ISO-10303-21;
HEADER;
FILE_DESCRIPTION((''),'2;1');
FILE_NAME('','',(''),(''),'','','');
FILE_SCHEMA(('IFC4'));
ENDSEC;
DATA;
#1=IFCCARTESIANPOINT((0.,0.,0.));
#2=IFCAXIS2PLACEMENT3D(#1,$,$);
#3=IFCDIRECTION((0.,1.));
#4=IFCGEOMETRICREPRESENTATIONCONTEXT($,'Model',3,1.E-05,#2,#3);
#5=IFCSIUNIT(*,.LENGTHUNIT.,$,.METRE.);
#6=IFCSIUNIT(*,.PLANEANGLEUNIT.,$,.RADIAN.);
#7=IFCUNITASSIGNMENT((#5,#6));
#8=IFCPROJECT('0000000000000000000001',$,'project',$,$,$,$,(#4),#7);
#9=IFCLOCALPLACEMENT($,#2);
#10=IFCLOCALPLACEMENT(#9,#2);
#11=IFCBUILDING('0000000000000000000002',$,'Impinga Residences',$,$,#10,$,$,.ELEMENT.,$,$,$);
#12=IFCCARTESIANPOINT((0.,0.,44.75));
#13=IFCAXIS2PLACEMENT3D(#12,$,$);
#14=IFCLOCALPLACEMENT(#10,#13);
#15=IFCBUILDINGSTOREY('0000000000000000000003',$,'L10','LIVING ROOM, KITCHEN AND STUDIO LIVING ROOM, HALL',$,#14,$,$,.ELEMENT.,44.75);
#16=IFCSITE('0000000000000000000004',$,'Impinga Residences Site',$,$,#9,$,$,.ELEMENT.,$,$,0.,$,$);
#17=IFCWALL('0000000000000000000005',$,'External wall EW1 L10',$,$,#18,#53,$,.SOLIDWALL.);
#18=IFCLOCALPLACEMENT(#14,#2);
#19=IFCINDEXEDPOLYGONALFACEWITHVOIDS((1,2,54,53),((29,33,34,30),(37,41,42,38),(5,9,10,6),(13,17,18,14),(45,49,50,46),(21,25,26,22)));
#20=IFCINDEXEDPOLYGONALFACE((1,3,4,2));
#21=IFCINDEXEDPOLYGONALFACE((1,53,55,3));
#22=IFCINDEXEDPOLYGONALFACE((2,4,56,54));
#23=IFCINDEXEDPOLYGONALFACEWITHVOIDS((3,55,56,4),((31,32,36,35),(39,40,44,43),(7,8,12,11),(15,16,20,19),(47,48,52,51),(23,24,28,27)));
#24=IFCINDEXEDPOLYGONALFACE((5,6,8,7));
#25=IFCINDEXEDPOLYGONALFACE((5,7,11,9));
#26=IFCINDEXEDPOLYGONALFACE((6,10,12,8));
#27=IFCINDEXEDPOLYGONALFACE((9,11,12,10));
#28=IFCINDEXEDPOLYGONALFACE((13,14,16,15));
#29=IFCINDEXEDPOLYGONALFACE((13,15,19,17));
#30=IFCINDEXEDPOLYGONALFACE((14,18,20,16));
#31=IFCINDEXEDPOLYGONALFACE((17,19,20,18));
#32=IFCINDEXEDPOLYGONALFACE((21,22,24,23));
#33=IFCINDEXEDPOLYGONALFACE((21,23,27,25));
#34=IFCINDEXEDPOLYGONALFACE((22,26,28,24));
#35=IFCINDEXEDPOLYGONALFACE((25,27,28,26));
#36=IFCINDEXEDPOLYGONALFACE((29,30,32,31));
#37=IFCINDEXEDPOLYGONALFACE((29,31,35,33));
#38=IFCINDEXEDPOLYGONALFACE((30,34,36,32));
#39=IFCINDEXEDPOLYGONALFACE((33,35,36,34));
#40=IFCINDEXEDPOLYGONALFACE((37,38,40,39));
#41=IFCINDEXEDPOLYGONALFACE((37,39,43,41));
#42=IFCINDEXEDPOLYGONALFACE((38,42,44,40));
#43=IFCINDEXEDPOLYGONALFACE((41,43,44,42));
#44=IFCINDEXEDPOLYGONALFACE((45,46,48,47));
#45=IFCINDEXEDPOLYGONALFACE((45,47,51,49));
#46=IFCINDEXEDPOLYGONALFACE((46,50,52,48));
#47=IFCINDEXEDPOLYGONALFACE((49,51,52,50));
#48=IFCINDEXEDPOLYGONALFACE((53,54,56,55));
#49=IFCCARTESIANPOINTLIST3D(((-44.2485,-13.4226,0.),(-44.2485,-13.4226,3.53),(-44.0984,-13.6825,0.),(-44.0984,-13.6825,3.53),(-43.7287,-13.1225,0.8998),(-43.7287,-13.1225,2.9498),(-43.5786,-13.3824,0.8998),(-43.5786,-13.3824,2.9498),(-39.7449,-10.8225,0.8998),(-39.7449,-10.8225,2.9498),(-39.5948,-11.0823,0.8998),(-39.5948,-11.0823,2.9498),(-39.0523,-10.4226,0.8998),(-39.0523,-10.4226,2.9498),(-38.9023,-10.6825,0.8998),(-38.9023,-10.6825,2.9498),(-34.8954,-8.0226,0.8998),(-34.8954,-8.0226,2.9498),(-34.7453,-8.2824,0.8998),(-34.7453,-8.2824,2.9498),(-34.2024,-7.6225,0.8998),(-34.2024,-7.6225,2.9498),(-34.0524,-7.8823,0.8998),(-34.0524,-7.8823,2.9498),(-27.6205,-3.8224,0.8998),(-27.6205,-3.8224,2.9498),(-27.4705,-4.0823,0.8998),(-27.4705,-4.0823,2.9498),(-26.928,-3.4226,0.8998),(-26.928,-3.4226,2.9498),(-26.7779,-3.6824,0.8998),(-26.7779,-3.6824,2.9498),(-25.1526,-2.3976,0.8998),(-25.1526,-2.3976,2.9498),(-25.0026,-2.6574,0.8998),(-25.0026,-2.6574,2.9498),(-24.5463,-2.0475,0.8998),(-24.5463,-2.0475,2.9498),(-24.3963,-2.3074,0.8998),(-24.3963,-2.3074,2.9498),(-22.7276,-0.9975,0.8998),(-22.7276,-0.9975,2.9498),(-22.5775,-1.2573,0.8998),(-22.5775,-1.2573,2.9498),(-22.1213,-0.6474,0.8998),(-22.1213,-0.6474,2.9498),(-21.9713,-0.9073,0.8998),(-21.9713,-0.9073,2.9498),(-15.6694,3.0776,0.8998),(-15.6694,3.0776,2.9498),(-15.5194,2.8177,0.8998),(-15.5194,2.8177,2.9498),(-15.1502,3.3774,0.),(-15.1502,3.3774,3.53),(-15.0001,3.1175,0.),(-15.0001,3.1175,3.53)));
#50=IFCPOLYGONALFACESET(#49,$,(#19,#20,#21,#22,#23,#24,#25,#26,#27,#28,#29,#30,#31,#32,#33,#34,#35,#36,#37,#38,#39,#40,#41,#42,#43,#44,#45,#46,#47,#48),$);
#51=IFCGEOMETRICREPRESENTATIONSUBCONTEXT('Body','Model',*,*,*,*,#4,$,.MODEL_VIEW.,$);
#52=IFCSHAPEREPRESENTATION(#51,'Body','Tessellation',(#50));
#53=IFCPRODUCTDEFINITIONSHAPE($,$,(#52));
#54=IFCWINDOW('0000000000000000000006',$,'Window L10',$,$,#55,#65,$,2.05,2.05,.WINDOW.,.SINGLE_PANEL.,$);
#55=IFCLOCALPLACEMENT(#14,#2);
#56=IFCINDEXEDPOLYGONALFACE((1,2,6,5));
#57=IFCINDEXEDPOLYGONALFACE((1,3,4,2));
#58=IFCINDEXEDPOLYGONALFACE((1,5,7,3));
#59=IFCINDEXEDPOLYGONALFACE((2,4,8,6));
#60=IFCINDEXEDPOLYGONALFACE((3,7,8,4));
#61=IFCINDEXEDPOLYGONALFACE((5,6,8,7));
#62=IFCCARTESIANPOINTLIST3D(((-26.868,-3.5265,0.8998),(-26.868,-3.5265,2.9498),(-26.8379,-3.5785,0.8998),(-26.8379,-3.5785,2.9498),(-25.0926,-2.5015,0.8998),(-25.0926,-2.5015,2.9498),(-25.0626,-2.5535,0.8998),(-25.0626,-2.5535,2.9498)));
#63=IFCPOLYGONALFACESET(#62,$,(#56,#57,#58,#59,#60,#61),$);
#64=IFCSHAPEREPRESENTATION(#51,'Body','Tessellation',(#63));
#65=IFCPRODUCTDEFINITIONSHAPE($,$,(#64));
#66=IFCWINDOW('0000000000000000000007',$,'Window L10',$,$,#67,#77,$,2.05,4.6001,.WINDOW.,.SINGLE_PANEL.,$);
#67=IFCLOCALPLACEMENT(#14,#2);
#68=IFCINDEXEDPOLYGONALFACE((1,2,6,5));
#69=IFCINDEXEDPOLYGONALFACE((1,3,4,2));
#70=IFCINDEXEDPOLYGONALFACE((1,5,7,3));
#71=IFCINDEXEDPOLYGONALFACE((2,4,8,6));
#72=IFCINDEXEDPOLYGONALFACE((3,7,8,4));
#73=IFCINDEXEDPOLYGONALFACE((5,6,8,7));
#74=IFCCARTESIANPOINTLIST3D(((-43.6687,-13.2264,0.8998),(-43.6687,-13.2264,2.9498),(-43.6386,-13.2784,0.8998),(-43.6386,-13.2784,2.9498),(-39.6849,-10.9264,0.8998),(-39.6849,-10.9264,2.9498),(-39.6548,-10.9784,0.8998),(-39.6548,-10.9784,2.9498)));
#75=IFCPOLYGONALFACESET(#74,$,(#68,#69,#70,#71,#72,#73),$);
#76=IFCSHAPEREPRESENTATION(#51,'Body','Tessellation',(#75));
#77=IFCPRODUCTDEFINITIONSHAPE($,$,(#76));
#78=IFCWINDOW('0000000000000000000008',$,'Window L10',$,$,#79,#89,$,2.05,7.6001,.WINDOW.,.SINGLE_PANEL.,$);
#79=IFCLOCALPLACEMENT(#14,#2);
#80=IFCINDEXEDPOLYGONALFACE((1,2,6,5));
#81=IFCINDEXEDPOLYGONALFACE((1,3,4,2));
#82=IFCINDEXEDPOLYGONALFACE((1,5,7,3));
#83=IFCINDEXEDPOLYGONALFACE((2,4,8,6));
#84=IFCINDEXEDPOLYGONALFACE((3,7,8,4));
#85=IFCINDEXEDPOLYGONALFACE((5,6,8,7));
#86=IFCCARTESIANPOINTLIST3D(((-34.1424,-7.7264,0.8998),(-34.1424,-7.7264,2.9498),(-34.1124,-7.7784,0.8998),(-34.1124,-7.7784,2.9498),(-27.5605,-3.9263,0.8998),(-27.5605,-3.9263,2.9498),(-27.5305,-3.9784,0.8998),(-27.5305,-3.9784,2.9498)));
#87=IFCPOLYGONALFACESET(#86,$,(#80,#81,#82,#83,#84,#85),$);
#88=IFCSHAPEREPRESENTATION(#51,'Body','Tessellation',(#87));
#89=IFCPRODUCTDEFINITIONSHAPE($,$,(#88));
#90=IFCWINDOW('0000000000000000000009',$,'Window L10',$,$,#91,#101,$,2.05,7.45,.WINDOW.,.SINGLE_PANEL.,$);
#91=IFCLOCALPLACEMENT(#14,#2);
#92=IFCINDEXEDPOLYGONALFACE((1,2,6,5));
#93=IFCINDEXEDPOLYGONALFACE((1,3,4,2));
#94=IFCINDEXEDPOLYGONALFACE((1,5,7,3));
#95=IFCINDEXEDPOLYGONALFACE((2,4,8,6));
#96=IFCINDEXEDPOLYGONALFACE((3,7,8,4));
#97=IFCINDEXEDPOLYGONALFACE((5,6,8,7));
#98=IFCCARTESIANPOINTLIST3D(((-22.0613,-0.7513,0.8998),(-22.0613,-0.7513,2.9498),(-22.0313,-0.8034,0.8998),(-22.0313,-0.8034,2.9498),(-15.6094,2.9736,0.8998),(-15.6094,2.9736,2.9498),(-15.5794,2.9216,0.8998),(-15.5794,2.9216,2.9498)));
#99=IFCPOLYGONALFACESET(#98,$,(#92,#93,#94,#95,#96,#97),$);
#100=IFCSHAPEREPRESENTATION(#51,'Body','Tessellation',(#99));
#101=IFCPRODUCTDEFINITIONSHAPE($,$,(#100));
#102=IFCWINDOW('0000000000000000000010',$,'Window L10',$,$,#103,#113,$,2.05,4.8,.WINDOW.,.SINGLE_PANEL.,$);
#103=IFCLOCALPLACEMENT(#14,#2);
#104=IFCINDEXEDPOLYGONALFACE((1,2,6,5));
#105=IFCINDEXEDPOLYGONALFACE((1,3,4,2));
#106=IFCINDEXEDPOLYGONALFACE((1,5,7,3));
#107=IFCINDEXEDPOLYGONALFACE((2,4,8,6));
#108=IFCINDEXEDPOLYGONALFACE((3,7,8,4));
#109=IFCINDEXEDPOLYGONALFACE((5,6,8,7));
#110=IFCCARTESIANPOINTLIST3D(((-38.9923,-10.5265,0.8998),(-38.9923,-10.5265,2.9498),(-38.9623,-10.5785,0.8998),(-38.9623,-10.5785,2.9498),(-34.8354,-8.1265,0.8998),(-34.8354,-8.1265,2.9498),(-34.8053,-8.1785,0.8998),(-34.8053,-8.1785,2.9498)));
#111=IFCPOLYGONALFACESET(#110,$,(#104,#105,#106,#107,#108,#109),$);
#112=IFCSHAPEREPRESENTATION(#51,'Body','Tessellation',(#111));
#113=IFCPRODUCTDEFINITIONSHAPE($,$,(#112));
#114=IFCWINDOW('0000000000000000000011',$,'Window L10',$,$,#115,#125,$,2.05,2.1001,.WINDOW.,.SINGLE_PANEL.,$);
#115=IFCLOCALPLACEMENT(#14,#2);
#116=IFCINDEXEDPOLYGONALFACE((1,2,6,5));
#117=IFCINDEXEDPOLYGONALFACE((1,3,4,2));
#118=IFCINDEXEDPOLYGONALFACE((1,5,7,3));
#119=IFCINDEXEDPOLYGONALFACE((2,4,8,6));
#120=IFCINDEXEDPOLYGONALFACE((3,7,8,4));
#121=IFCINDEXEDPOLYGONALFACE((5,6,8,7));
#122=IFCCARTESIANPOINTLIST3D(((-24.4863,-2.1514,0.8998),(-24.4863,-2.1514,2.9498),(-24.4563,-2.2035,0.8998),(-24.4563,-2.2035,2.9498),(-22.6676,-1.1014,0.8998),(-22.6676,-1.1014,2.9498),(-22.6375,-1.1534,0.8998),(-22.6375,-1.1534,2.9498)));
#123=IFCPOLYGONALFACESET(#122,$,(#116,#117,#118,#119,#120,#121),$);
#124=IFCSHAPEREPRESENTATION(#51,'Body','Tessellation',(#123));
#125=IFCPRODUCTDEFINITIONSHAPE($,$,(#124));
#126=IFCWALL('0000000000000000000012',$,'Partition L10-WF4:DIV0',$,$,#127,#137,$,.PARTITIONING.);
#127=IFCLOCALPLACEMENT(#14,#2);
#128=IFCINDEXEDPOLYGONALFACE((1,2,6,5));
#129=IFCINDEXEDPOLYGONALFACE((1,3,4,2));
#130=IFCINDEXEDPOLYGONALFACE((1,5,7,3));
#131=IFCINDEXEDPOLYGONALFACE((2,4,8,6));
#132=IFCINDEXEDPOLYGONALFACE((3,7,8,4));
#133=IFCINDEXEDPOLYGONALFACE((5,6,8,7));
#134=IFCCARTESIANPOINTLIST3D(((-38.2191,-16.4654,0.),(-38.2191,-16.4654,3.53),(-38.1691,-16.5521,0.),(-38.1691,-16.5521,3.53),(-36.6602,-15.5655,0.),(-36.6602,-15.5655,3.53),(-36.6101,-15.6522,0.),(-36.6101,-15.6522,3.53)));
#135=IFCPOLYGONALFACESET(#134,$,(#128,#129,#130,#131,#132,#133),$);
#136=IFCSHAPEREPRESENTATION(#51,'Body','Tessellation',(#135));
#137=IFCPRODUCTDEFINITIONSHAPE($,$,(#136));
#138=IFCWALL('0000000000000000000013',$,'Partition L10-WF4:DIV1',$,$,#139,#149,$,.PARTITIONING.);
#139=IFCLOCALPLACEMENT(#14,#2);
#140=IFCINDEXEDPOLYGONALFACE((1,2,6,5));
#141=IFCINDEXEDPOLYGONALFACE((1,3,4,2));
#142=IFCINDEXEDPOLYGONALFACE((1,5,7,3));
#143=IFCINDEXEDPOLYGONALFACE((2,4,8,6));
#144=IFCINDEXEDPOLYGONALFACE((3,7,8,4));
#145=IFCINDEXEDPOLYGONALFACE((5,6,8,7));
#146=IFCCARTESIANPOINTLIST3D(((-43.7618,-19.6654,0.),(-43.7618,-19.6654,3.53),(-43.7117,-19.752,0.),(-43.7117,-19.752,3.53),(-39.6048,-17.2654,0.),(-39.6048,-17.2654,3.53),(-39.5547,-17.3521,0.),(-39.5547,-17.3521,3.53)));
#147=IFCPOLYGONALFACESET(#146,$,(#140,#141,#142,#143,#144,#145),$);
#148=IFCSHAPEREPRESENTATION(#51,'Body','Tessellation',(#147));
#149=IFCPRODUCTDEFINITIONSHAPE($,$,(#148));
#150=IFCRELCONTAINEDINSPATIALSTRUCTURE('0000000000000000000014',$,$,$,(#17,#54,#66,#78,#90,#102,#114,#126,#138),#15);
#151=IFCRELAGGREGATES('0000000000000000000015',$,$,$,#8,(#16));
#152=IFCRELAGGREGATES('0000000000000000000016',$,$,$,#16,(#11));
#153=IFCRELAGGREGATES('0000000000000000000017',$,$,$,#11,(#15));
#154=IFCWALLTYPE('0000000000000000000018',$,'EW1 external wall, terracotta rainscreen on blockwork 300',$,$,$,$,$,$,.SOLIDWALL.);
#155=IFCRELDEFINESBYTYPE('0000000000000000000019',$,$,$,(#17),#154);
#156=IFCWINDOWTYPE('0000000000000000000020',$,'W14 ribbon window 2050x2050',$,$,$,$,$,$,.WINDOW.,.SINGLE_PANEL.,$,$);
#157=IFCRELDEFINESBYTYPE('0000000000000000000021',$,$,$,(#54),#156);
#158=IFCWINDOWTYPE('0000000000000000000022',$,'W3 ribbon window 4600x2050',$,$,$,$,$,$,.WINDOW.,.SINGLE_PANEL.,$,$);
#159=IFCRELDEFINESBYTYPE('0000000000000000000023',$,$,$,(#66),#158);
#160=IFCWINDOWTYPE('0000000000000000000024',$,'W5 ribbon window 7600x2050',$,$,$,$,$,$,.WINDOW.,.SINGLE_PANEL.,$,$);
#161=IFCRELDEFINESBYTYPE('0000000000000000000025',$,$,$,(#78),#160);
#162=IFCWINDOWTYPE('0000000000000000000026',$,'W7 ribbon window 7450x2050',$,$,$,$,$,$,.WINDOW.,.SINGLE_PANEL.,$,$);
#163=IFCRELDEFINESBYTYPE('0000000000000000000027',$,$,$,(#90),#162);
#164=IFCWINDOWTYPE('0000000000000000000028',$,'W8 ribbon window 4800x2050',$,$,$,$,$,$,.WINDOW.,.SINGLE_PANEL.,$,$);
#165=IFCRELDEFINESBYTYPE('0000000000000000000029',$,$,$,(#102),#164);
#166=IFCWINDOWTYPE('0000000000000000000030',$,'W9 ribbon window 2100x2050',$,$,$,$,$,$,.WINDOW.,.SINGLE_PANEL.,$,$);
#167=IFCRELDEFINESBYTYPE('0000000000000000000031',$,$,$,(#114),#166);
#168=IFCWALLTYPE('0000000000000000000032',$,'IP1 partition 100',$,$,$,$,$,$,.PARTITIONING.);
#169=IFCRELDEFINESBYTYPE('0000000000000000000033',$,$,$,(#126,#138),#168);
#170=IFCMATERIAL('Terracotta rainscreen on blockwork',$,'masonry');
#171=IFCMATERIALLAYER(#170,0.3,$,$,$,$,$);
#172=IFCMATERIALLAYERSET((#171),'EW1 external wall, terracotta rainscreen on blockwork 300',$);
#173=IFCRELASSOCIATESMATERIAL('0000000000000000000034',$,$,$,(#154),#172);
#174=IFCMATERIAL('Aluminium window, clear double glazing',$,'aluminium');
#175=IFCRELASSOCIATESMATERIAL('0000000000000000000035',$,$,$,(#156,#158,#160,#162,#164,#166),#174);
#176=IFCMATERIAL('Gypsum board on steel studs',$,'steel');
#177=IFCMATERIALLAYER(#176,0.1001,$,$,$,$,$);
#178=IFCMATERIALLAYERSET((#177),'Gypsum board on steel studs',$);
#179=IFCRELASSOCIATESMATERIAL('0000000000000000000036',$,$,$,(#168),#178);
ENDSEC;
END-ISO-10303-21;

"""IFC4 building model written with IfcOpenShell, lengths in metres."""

from ifc_helpers import new_model, si_unit, direction, frame, frame_2d, origin, place, context, subcontext, project, spatial, rectangle, extrude, material, layer, layer_set, type_object, element, fill, save


model = new_model("IFC4")

# Units and contexts
model_context = context("Model", 3, precision=1e-05, world=origin(), true_north=direction((0.0, 1.0)))
body_context = subcontext(model_context, "Body", "Model", "MODEL_VIEW")
ifc_project = project(units=[si_unit("LENGTHUNIT", "METRE"), si_unit("PLANEANGLEUNIT", "RADIAN")], contexts=[model_context])

# Site, building, storey
site_placement = place(None, origin())
site = spatial("IfcSite", under=ifc_project, at=site_placement, Name="Impinga Residences Site", CompositionType="ELEMENT", RefElevation=0.0)
building_placement = place(site_placement, origin())
building = spatial("IfcBuilding", under=site, at=building_placement, Name="Impinga Residences", CompositionType="ELEMENT")
storey_placement = place(building_placement, frame((0.0, 0.0, 44.75)))
storey = spatial("IfcBuildingStorey", under=building, at=storey_placement, Name="L10", Description="LIVING ROOM, KITCHEN AND STUDIO LIVING ROOM, HALL", CompositionType="ELEMENT", Elevation=44.75)

# Shared definitions
ifc_material_1 = material(Name="Terracotta rainscreen on blockwork", Category="masonry")
ifc_layer_1 = layer(ifc_material_1, 0.3)
ifc_layer_set_1 = layer_set([ifc_layer_1], Name="EW1 external wall, terracotta rainscreen on blockwork 300")
wall_type_1 = type_object("IfcWallType", Name="EW1 external wall, terracotta rainscreen on blockwork 300", PredefinedType="SOLIDWALL", material=ifc_layer_set_1)

# Wall, openings, windows
wall_1_placement = place(storey_placement, frame((-44.1733, -13.5525, 0.0), z_axis=(0.0, 0.0, 1.0), x_axis=(0.866024, 0.500002, 0.0)))
wall_1 = element("IfcWall", 1, at=wall_1_placement, inside=storey, type_object=wall_type_1, Name="External wall EW1 L10", PredefinedType="SOLIDWALL", context=body_context, shape_type="SweptSolid", body=[
    extrude(rectangle(XDim=33.5999, YDim=0.3, at=frame_2d((16.7998, 0.0))), origin(), (0.0, 0.0, 1.0), 3.53),
])
opening_1_placement = place(wall_1_placement, frame((0.6001, 0.0, 0.8999)))
opening_1 = element("IfcOpeningElement", 2, at=opening_1_placement, cuts=wall_1, PredefinedType="OPENING", context=body_context, shape_type="SweptSolid", body=[
    extrude(rectangle(XDim=4.6001, YDim=2.05, at=frame_2d((2.3, 1.0249))), frame((0.0, 0.1599, 0.0), z_axis=(0.0, -1.0, 0.0), x_axis=(1.0, 0.0, 0.0)), (0.0, 0.0, 1.0), 0.3201),
])
opening_2_placement = place(wall_1_placement, frame((6.0, 0.0, 0.8999)))
opening_2 = element("IfcOpeningElement", 3, at=opening_2_placement, cuts=wall_1, PredefinedType="OPENING", context=body_context, shape_type="SweptSolid", body=[
    extrude(rectangle(XDim=4.8, YDim=2.05, at=frame_2d((2.3999, 1.0249))), frame((0.0, 0.1599, 0.0), z_axis=(0.0, -1.0, 0.0), x_axis=(1.0, 0.0, 0.0)), (0.0, 0.0, 1.0), 0.3201),
])
opening_3_placement = place(wall_1_placement, frame((11.6001, 0.0, 0.8999)))
opening_3 = element("IfcOpeningElement", 4, at=opening_3_placement, cuts=wall_1, PredefinedType="OPENING", context=body_context, shape_type="SweptSolid", body=[
    extrude(rectangle(XDim=7.6001, YDim=2.05, at=frame_2d((3.8, 1.0249))), frame((0.0, 0.1599, 0.0), z_axis=(0.0, -1.0, 0.0), x_axis=(1.0, 0.0, 0.0)), (0.0, 0.0, 1.0), 0.3201),
])
opening_4_placement = place(wall_1_placement, frame((20.0, 0.0, 0.8999)))
opening_4 = element("IfcOpeningElement", 5, at=opening_4_placement, cuts=wall_1, PredefinedType="OPENING", context=body_context, shape_type="SweptSolid", body=[
    extrude(rectangle(XDim=2.05, YDim=2.05, at=frame_2d((1.0249, 1.0249))), frame((0.0, 0.1599, 0.0), z_axis=(0.0, -1.0, 0.0), x_axis=(1.0, 0.0, 0.0)), (0.0, 0.0, 1.0), 0.3201),
])
opening_5_placement = place(wall_1_placement, frame((22.75, 0.0, 0.8999)))
opening_5 = element("IfcOpeningElement", 6, at=opening_5_placement, cuts=wall_1, PredefinedType="OPENING", context=body_context, shape_type="SweptSolid", body=[
    extrude(rectangle(XDim=2.1001, YDim=2.05, at=frame_2d((1.05, 1.0249))), frame((0.0, 0.1599, 0.0), z_axis=(0.0, -1.0, 0.0), x_axis=(1.0, 0.0, 0.0)), (0.0, 0.0, 1.0), 0.3201),
])
opening_6_placement = place(wall_1_placement, frame((25.55, 0.0, 0.8999)))
opening_6 = element("IfcOpeningElement", 7, at=opening_6_placement, cuts=wall_1, PredefinedType="OPENING", context=body_context, shape_type="SweptSolid", body=[
    extrude(rectangle(XDim=7.45, YDim=2.05, at=frame_2d((3.7251, 1.0249))), frame((0.0, 0.1599, 0.0), z_axis=(0.0, -1.0, 0.0), x_axis=(1.0, 0.0, 0.0)), (0.0, 0.0, 1.0), 0.3201),
])
ifc_material_2 = material(Name="Aluminium window, clear double glazing", Category="aluminium")
window_type_1 = type_object("IfcWindowType", Name="W14 ribbon window 2050x2050", PartitioningType="SINGLE_PANEL", PredefinedType="WINDOW", material=ifc_material_2)
window_1_placement = place(opening_4_placement, origin())
window_1 = element("IfcWindow", 8, at=window_1_placement, inside=storey, type_object=window_type_1, Name="Window L10", OverallHeight=2.05, OverallWidth=2.05, PartitioningType="SINGLE_PANEL", PredefinedType="WINDOW", context=body_context, shape_type="SweptSolid", body=[
    extrude(rectangle(XDim=2.05, YDim=2.05, at=frame_2d((1.0249, 1.0249))), frame((0.0, 0.03, 0.0), z_axis=(0.0, -1.0, 0.0), x_axis=(1.0, 0.0, 0.0)), (0.0, 0.0, 1.0), 0.0601),
])
fill(opening_4, window_1)
window_type_2 = type_object("IfcWindowType", Name="W3 ribbon window 4600x2050", PartitioningType="SINGLE_PANEL", PredefinedType="WINDOW", material=ifc_material_2)
window_2_placement = place(opening_1_placement, origin())
window_2 = element("IfcWindow", 9, at=window_2_placement, inside=storey, type_object=window_type_2, Name="Window L10", OverallHeight=2.05, OverallWidth=4.6001, PartitioningType="SINGLE_PANEL", PredefinedType="WINDOW", context=body_context, shape_type="SweptSolid", body=[
    extrude(rectangle(XDim=4.6001, YDim=2.05, at=frame_2d((2.3, 1.0249))), frame((0.0, 0.03, 0.0), z_axis=(0.0, -1.0, 0.0), x_axis=(1.0, 0.0, 0.0)), (0.0, 0.0, 1.0), 0.0601),
])
fill(opening_1, window_2)
window_type_3 = type_object("IfcWindowType", Name="W5 ribbon window 7600x2050", PartitioningType="SINGLE_PANEL", PredefinedType="WINDOW", material=ifc_material_2)
window_3_placement = place(opening_3_placement, origin())
window_3 = element("IfcWindow", 10, at=window_3_placement, inside=storey, type_object=window_type_3, Name="Window L10", OverallHeight=2.05, OverallWidth=7.6001, PartitioningType="SINGLE_PANEL", PredefinedType="WINDOW", context=body_context, shape_type="SweptSolid", body=[
    extrude(rectangle(XDim=7.6001, YDim=2.05, at=frame_2d((3.8, 1.0249))), frame((0.0, 0.03, 0.0), z_axis=(0.0, -1.0, 0.0), x_axis=(1.0, 0.0, 0.0)), (0.0, 0.0, 1.0), 0.0601),
])
fill(opening_3, window_3)
window_type_4 = type_object("IfcWindowType", Name="W7 ribbon window 7450x2050", PartitioningType="SINGLE_PANEL", PredefinedType="WINDOW", material=ifc_material_2)
window_4_placement = place(opening_6_placement, origin())
window_4 = element("IfcWindow", 11, at=window_4_placement, inside=storey, type_object=window_type_4, Name="Window L10", OverallHeight=2.05, OverallWidth=7.45, PartitioningType="SINGLE_PANEL", PredefinedType="WINDOW", context=body_context, shape_type="SweptSolid", body=[
    extrude(rectangle(XDim=7.45, YDim=2.05, at=frame_2d((3.7251, 1.0249))), frame((0.0, 0.03, 0.0), z_axis=(0.0, -1.0, 0.0), x_axis=(1.0, 0.0, 0.0)), (0.0, 0.0, 1.0), 0.0601),
])
fill(opening_6, window_4)
window_type_5 = type_object("IfcWindowType", Name="W8 ribbon window 4800x2050", PartitioningType="SINGLE_PANEL", PredefinedType="WINDOW", material=ifc_material_2)
window_5_placement = place(opening_2_placement, origin())
window_5 = element("IfcWindow", 12, at=window_5_placement, inside=storey, type_object=window_type_5, Name="Window L10", OverallHeight=2.05, OverallWidth=4.8, PartitioningType="SINGLE_PANEL", PredefinedType="WINDOW", context=body_context, shape_type="SweptSolid", body=[
    extrude(rectangle(XDim=4.8, YDim=2.05, at=frame_2d((2.3999, 1.0249))), frame((0.0, 0.03, 0.0), z_axis=(0.0, -1.0, 0.0), x_axis=(1.0, 0.0, 0.0)), (0.0, 0.0, 1.0), 0.0601),
])
fill(opening_2, window_5)
window_type_6 = type_object("IfcWindowType", Name="W9 ribbon window 2100x2050", PartitioningType="SINGLE_PANEL", PredefinedType="WINDOW", material=ifc_material_2)
window_6_placement = place(opening_5_placement, origin())
window_6 = element("IfcWindow", 13, at=window_6_placement, inside=storey, type_object=window_type_6, Name="Window L10", OverallHeight=2.05, OverallWidth=2.1001, PartitioningType="SINGLE_PANEL", PredefinedType="WINDOW", context=body_context, shape_type="SweptSolid", body=[
    extrude(rectangle(XDim=2.1001, YDim=2.05, at=frame_2d((1.05, 1.0249))), frame((0.0, 0.03, 0.0), z_axis=(0.0, -1.0, 0.0), x_axis=(1.0, 0.0, 0.0)), (0.0, 0.0, 1.0), 0.0601),
])
fill(opening_5, window_6)

# Walls
ifc_material_3 = material(Name="Gypsum board on steel studs", Category="steel")
ifc_layer_2 = layer(ifc_material_3, 0.1001)
ifc_layer_set_2 = layer_set([ifc_layer_2], Name="Gypsum board on steel studs")
wall_type_2 = type_object("IfcWallType", Name="IP1 partition 100", PredefinedType="PARTITIONING", material=ifc_layer_set_2)
wall_2_placement = place(storey_placement, frame((-36.6353, -15.6089, 0.0), z_axis=(0.0, 0.0, 1.0), x_axis=(-0.866048, -0.499961, 0.0)))
element("IfcWall", 14, at=wall_2_placement, inside=storey, type_object=wall_type_2, Name="Partition L10-WF4:DIV0", PredefinedType="PARTITIONING", context=body_context, shape_type="SweptSolid", body=[
    extrude(rectangle(XDim=1.8, YDim=0.1001, at=frame_2d((0.8999, 0.0))), origin(), (0.0, 0.0, 1.0), 3.53),
])
wall_3_placement = place(storey_placement, frame((-39.5798, -17.3088, 0.0), z_axis=(0.0, 0.0, 1.0), x_axis=(-0.866037, -0.499979, 0.0)))
element("IfcWall", 15, at=wall_3_placement, inside=storey, type_object=wall_type_2, Name="Partition L10-WF4:DIV1", PredefinedType="PARTITIONING", context=body_context, shape_type="SweptSolid", body=[
    extrude(rectangle(XDim=4.8, YDim=0.1001, at=frame_2d((2.3999, 0.0))), origin(), (0.0, 0.0, 1.0), 3.53),
])

save(model, "model.ifc")
